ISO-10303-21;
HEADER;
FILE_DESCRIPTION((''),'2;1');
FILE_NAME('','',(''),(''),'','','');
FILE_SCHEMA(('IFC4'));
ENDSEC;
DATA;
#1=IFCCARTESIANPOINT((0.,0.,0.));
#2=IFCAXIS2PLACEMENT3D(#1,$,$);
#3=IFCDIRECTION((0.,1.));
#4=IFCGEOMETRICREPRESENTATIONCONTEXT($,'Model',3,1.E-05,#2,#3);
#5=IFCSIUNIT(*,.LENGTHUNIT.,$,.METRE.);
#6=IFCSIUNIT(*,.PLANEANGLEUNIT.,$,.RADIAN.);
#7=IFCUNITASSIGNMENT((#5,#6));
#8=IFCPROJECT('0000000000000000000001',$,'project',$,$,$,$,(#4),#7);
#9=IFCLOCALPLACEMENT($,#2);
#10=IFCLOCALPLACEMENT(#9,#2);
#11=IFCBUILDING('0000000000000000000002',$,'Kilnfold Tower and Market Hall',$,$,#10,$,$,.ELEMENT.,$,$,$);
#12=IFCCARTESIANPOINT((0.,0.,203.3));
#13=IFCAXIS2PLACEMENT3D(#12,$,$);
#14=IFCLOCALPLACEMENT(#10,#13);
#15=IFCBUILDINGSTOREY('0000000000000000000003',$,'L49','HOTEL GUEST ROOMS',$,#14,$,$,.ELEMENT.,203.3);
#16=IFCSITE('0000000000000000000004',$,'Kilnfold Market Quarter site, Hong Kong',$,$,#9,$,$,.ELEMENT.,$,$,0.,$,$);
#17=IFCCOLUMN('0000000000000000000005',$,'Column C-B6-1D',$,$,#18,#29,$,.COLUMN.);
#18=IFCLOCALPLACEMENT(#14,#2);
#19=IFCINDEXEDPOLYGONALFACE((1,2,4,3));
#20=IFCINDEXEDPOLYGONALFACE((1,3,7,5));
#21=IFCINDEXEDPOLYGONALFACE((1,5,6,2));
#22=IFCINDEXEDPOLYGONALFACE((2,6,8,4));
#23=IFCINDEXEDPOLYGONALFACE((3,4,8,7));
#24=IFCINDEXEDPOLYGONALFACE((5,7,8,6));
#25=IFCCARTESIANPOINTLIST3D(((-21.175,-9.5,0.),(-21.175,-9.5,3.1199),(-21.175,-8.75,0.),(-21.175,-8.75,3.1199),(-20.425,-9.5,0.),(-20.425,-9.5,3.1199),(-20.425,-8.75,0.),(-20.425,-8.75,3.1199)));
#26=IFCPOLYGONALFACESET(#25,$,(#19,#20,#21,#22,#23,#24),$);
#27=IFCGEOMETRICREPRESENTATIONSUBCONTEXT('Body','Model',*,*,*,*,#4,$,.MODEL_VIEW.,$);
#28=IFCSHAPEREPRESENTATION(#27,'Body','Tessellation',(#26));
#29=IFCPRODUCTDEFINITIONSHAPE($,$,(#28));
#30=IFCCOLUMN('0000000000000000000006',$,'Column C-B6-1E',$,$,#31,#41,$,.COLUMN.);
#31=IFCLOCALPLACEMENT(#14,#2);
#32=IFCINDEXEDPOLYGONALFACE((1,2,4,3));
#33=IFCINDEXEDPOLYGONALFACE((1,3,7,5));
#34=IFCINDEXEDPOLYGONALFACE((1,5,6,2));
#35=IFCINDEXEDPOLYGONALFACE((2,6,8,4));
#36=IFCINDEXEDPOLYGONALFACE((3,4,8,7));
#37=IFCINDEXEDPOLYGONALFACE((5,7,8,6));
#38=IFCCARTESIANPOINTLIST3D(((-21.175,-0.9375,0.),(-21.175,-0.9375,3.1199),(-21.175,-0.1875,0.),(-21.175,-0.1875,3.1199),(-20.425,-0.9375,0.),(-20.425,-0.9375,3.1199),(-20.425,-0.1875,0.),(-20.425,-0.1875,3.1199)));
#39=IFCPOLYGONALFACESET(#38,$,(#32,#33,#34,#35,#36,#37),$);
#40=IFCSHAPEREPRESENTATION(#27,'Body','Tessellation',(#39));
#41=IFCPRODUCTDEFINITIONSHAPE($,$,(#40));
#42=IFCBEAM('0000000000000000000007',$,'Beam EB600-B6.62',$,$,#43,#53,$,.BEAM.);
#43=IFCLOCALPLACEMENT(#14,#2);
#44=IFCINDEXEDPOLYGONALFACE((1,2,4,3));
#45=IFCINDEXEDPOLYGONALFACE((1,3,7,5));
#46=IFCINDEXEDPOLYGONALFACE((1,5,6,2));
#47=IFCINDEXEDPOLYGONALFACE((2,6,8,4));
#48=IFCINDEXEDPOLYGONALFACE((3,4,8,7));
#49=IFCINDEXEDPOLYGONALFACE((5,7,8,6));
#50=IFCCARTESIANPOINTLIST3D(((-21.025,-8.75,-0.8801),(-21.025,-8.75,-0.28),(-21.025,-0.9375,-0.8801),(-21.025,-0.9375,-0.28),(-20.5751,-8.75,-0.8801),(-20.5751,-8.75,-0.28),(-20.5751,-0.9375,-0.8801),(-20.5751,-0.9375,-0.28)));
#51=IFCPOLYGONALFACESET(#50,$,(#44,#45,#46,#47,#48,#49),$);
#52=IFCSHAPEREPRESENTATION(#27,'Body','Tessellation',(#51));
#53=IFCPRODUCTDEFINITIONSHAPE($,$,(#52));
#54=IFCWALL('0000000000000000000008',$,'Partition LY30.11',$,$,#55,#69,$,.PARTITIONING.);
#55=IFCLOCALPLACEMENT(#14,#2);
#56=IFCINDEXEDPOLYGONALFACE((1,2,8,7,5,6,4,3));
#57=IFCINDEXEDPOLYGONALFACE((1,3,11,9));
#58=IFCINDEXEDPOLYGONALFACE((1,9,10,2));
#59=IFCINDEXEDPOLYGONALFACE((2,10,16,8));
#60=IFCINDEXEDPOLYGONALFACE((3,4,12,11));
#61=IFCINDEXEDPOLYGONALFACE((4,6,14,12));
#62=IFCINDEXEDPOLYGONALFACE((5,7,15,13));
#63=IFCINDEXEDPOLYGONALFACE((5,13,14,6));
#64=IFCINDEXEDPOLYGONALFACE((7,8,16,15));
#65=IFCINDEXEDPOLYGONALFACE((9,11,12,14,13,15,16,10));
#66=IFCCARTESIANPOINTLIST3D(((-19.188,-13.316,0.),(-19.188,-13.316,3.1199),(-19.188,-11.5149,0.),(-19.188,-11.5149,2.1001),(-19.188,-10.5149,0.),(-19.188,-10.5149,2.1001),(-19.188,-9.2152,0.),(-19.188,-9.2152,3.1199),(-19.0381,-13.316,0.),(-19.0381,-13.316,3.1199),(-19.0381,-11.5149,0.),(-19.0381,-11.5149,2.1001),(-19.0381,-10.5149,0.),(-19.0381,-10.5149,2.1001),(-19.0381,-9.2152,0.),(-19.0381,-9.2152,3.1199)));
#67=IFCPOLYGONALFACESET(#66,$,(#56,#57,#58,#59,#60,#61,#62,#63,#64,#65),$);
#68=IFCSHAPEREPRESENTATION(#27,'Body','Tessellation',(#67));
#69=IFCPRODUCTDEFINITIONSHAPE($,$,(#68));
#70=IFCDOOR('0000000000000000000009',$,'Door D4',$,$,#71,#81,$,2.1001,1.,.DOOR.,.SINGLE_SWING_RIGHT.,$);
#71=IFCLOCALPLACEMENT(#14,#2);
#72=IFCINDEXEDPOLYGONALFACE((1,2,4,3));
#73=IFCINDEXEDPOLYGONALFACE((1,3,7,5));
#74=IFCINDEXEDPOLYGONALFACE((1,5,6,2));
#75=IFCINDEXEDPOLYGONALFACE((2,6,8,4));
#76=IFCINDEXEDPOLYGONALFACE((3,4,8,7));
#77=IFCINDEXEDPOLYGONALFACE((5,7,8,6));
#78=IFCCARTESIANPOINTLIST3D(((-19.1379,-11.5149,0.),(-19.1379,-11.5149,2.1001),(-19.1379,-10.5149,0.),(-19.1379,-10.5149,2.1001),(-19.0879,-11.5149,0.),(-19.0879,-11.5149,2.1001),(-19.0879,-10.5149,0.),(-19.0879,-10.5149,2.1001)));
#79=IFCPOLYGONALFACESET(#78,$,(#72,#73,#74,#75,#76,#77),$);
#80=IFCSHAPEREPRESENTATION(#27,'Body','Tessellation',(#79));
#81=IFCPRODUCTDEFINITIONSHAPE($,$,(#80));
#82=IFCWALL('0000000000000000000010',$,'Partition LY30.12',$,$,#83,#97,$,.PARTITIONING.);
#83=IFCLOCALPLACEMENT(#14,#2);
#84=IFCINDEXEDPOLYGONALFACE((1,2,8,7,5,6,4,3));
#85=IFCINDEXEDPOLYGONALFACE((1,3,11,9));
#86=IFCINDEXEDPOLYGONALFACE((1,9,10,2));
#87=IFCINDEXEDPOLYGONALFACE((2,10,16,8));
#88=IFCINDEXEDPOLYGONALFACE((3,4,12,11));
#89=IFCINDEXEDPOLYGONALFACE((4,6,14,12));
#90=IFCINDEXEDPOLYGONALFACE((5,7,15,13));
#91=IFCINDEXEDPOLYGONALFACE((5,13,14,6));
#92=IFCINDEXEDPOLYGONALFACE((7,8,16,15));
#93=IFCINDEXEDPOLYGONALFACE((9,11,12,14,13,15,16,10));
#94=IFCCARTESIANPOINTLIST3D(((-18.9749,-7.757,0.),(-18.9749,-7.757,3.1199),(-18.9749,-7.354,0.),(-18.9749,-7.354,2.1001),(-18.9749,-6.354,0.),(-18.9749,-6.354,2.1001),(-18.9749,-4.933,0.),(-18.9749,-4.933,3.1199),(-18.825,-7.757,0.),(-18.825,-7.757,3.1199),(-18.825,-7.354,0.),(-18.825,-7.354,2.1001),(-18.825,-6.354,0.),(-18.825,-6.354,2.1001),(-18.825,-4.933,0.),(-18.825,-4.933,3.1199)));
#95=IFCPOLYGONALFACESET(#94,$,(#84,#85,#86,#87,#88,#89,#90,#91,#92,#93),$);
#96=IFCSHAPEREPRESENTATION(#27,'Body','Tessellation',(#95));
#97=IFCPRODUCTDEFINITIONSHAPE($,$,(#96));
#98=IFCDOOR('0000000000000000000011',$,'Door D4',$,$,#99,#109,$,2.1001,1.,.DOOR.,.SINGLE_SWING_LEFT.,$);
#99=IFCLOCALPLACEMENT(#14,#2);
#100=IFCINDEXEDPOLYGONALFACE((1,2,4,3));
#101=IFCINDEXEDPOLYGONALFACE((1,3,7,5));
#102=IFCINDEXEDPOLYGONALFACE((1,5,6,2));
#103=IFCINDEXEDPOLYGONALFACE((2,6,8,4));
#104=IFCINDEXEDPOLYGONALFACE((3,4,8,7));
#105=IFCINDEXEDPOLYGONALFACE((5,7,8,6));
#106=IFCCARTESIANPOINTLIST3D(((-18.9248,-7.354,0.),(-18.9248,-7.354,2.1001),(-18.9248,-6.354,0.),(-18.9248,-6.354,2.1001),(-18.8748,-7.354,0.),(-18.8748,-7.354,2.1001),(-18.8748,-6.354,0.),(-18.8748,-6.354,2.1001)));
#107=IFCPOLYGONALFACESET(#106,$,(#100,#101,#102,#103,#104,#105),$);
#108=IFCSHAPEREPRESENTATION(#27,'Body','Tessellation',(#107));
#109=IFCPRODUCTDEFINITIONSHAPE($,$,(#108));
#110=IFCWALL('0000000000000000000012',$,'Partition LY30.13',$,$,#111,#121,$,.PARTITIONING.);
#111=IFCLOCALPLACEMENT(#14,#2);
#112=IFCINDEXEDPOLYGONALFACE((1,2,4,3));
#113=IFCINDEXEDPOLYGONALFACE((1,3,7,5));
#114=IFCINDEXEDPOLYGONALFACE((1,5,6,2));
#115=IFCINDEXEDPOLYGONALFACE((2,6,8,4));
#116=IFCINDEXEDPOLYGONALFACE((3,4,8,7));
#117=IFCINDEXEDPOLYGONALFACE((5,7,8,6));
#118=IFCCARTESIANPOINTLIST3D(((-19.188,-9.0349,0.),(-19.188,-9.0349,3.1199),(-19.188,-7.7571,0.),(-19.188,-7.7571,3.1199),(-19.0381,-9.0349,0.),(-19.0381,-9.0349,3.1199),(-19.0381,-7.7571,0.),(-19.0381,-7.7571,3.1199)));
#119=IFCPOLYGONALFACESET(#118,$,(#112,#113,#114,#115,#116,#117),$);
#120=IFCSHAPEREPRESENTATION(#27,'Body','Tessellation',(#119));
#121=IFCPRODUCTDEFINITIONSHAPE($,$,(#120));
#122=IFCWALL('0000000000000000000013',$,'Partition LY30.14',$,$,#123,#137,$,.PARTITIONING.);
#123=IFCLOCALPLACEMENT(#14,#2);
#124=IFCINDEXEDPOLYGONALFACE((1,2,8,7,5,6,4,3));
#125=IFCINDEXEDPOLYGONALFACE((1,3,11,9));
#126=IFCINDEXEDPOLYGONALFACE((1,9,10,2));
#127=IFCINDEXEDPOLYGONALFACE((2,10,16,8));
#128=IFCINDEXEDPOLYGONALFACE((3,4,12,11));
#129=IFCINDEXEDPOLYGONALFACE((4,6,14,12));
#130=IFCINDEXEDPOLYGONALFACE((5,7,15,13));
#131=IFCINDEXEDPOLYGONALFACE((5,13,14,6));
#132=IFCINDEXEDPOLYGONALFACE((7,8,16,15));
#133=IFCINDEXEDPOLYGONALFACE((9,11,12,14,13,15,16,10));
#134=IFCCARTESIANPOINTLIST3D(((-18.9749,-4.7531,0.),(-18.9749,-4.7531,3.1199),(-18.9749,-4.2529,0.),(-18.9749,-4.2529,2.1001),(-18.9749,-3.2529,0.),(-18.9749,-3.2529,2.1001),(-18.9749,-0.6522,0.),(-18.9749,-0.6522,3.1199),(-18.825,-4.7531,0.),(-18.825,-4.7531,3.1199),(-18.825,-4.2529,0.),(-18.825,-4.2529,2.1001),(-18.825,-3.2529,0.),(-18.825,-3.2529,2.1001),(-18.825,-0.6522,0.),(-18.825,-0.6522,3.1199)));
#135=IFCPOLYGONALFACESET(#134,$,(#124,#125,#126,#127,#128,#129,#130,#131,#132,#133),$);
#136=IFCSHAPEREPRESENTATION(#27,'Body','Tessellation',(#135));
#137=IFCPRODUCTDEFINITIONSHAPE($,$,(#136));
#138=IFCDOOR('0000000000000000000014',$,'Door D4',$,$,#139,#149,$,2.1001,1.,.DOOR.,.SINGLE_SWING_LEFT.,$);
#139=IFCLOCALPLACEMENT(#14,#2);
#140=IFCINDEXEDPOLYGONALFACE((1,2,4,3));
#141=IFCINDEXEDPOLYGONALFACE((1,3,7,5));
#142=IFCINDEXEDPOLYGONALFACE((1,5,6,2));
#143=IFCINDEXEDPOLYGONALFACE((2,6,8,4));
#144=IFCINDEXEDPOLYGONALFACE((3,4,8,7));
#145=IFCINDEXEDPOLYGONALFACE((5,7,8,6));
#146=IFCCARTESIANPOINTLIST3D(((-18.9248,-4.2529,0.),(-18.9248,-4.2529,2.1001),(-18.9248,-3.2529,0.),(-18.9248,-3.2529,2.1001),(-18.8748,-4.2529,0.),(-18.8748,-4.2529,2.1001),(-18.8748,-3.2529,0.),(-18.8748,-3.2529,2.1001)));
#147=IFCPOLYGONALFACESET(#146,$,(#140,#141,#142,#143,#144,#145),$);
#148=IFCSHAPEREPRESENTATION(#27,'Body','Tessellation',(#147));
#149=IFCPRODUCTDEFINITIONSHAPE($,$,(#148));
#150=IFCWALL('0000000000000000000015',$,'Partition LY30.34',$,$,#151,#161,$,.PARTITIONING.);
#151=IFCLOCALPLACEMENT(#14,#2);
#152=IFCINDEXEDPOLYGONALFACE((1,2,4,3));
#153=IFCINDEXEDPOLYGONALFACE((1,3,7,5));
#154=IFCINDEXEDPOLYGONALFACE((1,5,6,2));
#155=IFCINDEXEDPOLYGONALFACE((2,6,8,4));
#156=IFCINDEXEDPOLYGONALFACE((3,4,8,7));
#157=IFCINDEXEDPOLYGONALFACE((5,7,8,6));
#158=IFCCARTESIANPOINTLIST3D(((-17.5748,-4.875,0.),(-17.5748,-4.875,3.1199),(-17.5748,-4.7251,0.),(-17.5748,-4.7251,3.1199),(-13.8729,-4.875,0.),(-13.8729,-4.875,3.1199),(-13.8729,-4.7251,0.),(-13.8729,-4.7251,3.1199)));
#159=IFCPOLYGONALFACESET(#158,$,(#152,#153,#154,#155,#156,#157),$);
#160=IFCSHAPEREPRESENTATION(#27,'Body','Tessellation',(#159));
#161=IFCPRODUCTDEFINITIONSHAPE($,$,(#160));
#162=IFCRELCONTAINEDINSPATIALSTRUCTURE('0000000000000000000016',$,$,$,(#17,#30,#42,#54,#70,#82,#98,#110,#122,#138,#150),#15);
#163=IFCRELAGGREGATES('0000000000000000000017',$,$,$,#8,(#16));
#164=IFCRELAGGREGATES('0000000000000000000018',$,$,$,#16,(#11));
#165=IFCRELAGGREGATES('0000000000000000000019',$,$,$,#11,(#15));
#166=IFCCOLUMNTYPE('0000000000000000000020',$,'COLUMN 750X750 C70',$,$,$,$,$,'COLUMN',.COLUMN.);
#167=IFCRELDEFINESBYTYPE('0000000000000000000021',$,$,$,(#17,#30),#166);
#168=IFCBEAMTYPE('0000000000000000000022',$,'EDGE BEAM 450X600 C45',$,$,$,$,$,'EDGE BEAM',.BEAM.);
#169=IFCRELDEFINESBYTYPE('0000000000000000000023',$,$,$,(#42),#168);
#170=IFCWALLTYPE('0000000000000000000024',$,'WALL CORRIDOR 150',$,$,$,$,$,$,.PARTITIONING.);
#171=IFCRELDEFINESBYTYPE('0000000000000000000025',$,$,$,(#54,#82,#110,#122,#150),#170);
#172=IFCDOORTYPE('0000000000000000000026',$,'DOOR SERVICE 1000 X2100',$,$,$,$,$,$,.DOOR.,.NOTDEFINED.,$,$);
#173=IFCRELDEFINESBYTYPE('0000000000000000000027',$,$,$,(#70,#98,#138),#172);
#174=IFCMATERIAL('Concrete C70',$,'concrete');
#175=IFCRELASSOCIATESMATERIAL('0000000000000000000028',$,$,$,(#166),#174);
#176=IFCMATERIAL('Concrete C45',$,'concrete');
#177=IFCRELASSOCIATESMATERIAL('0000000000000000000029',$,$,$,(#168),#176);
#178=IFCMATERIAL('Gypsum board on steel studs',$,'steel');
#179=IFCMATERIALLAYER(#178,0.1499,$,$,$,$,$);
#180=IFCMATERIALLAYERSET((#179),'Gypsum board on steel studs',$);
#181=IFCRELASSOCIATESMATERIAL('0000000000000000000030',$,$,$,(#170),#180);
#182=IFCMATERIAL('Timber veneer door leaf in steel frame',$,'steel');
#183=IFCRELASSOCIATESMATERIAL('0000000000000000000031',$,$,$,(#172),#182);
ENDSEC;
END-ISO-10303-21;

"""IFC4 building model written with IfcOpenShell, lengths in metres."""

from ifc_helpers import new_model, si_unit, direction, frame, frame_2d, origin, origin_2d, place, context, subcontext, project, spatial, rectangle, extrude, source, transform, mapped, material, layer, layer_set, material_profile, profile_set, type_object, element, fill, save


model = new_model("IFC4")

# Units and contexts
model_context = context("Model", 3, precision=1e-05, world=origin(), true_north=direction((0.0, 1.0)))
body_context = subcontext(model_context, "Body", "Model", "MODEL_VIEW")
ifc_project = project(units=[si_unit("LENGTHUNIT", "METRE"), si_unit("PLANEANGLEUNIT", "RADIAN")], contexts=[model_context])

# Site, building, storey
site_placement = place(None, origin())
site = spatial("IfcSite", under=ifc_project, at=site_placement, Name="Kilnfold Market Quarter site, Hong Kong", CompositionType="ELEMENT", RefElevation=0.0)
building_placement = place(site_placement, origin())
building = spatial("IfcBuilding", under=site, at=building_placement, Name="Kilnfold Tower and Market Hall", CompositionType="ELEMENT")
storey_placement = place(building_placement, frame((0.0, 0.0, 203.3)))
storey = spatial("IfcBuildingStorey", under=building, at=storey_placement, Name="L49", Description="HOTEL GUEST ROOMS", CompositionType="ELEMENT", Elevation=203.3)

# Columns
ifc_material_1 = material(Name="Concrete C70", Category="concrete")
ifc_material_profile_1 = material_profile(ifc_material_1, rectangle(XDim=0.75, YDim=0.75, at=origin_2d()), Name="RC 750x750")
ifc_profile_set_1 = profile_set([ifc_material_profile_1], Name="Concrete C70")
column_type = type_object("IfcColumnType", Name="COLUMN 750X750 C70", ElementType="COLUMN", PredefinedType="COLUMN", material=ifc_profile_set_1)
shared_shape_1 = source(origin(), body_context, "Body", "SweptSolid", [
    extrude(rectangle(XDim=0.75, YDim=0.75, at=origin_2d()), origin(), (0.0, 0.0, 1.0), 3.1199),
])
for number, where, z_axis, x_axis, name in (
    (1, (-20.8, -9.125, 0.0), (0.0, 0.0, 1.0), (1.0, 0.0, 0.0), "Column C-B6-1D"),
    (2, (-20.8, -0.5625, 0.0), (0.0, 0.0, 1.0), (1.0, 0.0, 0.0), "Column C-B6-1E"),
):
    element("IfcColumn", number, at=place(storey_placement, frame(where, z_axis=z_axis, x_axis=x_axis)), inside=storey, type_object=column_type, Name=name, PredefinedType="COLUMN", context=body_context, shape_type="MappedRepresentation", body=[
        mapped(shared_shape_1, transform((0.0, 0.0, 0.0))),
    ])

# Beam
ifc_material_2 = material(Name="Concrete C45", Category="concrete")
ifc_material_profile_2 = material_profile(ifc_material_2, rectangle(XDim=0.45, YDim=0.6001, at=origin_2d()), Name="RC 450x600")
ifc_profile_set_2 = profile_set([ifc_material_profile_2], Name="Concrete C45")
beam_type = type_object("IfcBeamType", Name="EDGE BEAM 450X600 C45", ElementType="EDGE BEAM", PredefinedType="BEAM", material=ifc_profile_set_2)
shared_shape_2 = source(origin(), body_context, "Body", "SweptSolid", [
    extrude(rectangle(XDim=0.45, YDim=0.6001, at=origin_2d()), origin(), (0.0, 0.0, 1.0), 7.8125),
])
beam_placement = place(storey_placement, frame((-20.8, -8.75, -0.5801), z_axis=(0.0, 1.0, 0.0), x_axis=(-1.0, 0.0, 0.0)))
element("IfcBeam", 3, at=beam_placement, inside=storey, type_object=beam_type, Name="Beam EB600-B6.62", PredefinedType="BEAM", context=body_context, shape_type="MappedRepresentation", body=[
    mapped(shared_shape_2, transform((0.0, 0.0, 0.0))),
])

# Walls, openings, doors
ifc_material_3 = material(Name="Gypsum board on steel studs", Category="steel")
ifc_layer_1 = layer(ifc_material_3, 0.1499)
ifc_layer_set_1 = layer_set([ifc_layer_1], Name="Gypsum board on steel studs")
wall_type_1 = type_object("IfcWallType", Name="WALL CORRIDOR 150", PredefinedType="PARTITIONING", material=ifc_layer_set_1)
wall_1_placement = place(storey_placement, frame((-19.113, -13.3159, 0.0), z_axis=(0.0, 0.0, 1.0), x_axis=(0.0, 1.0, 0.0)))
wall_1 = element("IfcWall", 4, at=wall_1_placement, inside=storey, type_object=wall_type_1, Name="Partition LY30.11", PredefinedType="PARTITIONING", context=body_context, shape_type="SweptSolid", body=[
    extrude(rectangle(XDim=4.1008, YDim=0.1499, at=frame_2d((2.0503, 0.0))), origin(), (0.0, 0.0, 1.0), 3.1199),
])
opening_1_placement = place(wall_1_placement, frame((1.801, 0.0, 0.0)))
opening_1 = element("IfcOpeningElement", 5, at=opening_1_placement, cuts=wall_1, PredefinedType="OPENING", context=body_context, shape_type="SweptSolid", body=[
    extrude(rectangle(XDim=1.0, YDim=2.1001, at=frame_2d((0.5, 1.05))), frame((0.0, 0.085, 0.0), z_axis=(0.0, -1.0, 0.0), x_axis=(1.0, 0.0, 0.0)), (0.0, 0.0, 1.0), 0.1699),
])
ifc_material_4 = material(Name="Timber veneer door leaf in steel frame", Category="steel")
door_type_1 = type_object("IfcDoorType", Name="DOOR SERVICE 1000 X2100", OperationType="NOTDEFINED", PredefinedType="DOOR", material=ifc_material_4)
door_1_placement = place(opening_1_placement, origin())
door_1 = element("IfcDoor", 6, at=door_1_placement, inside=storey, type_object=door_type_1, Name="Door D4", OperationType="SINGLE_SWING_RIGHT", OverallHeight=2.1001, OverallWidth=1.0, PredefinedType="DOOR", context=body_context, shape_type="SweptSolid", body=[
    extrude(rectangle(XDim=1.0, YDim=2.1001, at=frame_2d((0.5, 1.05))), frame((0.0, 0.0249, 0.0), z_axis=(0.0, -1.0, 0.0), x_axis=(1.0, 0.0, 0.0)), (0.0, 0.0, 1.0), 0.05),
])
fill(opening_1, door_1)
wall_2_placement = place(storey_placement, frame((-18.8999, -7.7571, 0.0), z_axis=(0.0, 0.0, 1.0), x_axis=(0.0, 1.0, 0.0)))
wall_2 = element("IfcWall", 7, at=wall_2_placement, inside=storey, type_object=wall_type_1, Name="Partition LY30.12", PredefinedType="PARTITIONING", context=body_context, shape_type="SweptSolid", body=[
    extrude(rectangle(XDim=2.824, YDim=0.1499, at=frame_2d((1.4121, 0.0))), origin(), (0.0, 0.0, 1.0), 3.1199),
])
opening_2_placement = place(wall_2_placement, frame((0.4031, 0.0, 0.0)))
opening_2 = element("IfcOpeningElement", 8, at=opening_2_placement, cuts=wall_2, PredefinedType="OPENING", context=body_context, shape_type="SweptSolid", body=[
    extrude(rectangle(XDim=1.0, YDim=2.1001, at=frame_2d((0.5, 1.05))), frame((0.0, 0.085, 0.0), z_axis=(0.0, -1.0, 0.0), x_axis=(1.0, 0.0, 0.0)), (0.0, 0.0, 1.0), 0.1699),
])
door_2_placement = place(opening_2_placement, origin())
door_2 = element("IfcDoor", 9, at=door_2_placement, inside=storey, type_object=door_type_1, Name="Door D4", OperationType="SINGLE_SWING_LEFT", OverallHeight=2.1001, OverallWidth=1.0, PredefinedType="DOOR", context=body_context, shape_type="SweptSolid", body=[
    extrude(rectangle(XDim=1.0, YDim=2.1001, at=frame_2d((0.5, 1.05))), frame((0.0, 0.0249, 0.0), z_axis=(0.0, -1.0, 0.0), x_axis=(1.0, 0.0, 0.0)), (0.0, 0.0, 1.0), 0.05),
])
fill(opening_2, door_2)

# Wall
wall_3_placement = place(storey_placement, frame((-19.113, -9.0349, 0.0), z_axis=(0.0, 0.0, 1.0), x_axis=(0.0, 1.0, 0.0)))
element("IfcWall", 10, at=wall_3_placement, inside=storey, type_object=wall_type_1, Name="Partition LY30.13", PredefinedType="PARTITIONING", context=body_context, shape_type="SweptSolid", body=[
    extrude(rectangle(XDim=1.2778, YDim=0.1499, at=frame_2d((0.6389, 0.0))), origin(), (0.0, 0.0, 1.0), 3.1199),
])

# Wall, opening, door
wall_4_placement = place(storey_placement, frame((-18.8999, -4.7529, 0.0), z_axis=(0.0, 0.0, 1.0), x_axis=(0.0, 1.0, 0.0)))
wall_4 = element("IfcWall", 11, at=wall_4_placement, inside=storey, type_object=wall_type_1, Name="Partition LY30.14", PredefinedType="PARTITIONING", context=body_context, shape_type="SweptSolid", body=[
    extrude(rectangle(XDim=4.1008, YDim=0.1499, at=frame_2d((2.0503, 0.0))), origin(), (0.0, 0.0, 1.0), 3.1199),
])
opening_3_placement = place(wall_4_placement, frame((0.5, 0.0, 0.0)))
opening_3 = element("IfcOpeningElement", 12, at=opening_3_placement, cuts=wall_4, PredefinedType="OPENING", context=body_context, shape_type="SweptSolid", body=[
    extrude(rectangle(XDim=1.0, YDim=2.1001, at=frame_2d((0.5, 1.05))), frame((0.0, 0.085, 0.0), z_axis=(0.0, -1.0, 0.0), x_axis=(1.0, 0.0, 0.0)), (0.0, 0.0, 1.0), 0.1699),
])
door_3_placement = place(opening_3_placement, origin())
door_3 = element("IfcDoor", 13, at=door_3_placement, inside=storey, type_object=door_type_1, Name="Door D4", OperationType="SINGLE_SWING_LEFT", OverallHeight=2.1001, OverallWidth=1.0, PredefinedType="DOOR", context=body_context, shape_type="SweptSolid", body=[
    extrude(rectangle(XDim=1.0, YDim=2.1001, at=frame_2d((0.5, 1.05))), frame((0.0, 0.0249, 0.0), z_axis=(0.0, -1.0, 0.0), x_axis=(1.0, 0.0, 0.0)), (0.0, 0.0, 1.0), 0.05),
])
fill(opening_3, door_3)

# Wall
wall_5_placement = place(storey_placement, frame((-17.575, -4.8, 0.0), z_axis=(0.0, 0.0, 1.0), x_axis=(1.0, 0.0, 0.0)))
element("IfcWall", 14, at=wall_5_placement, inside=storey, type_object=wall_type_1, Name="Partition LY30.34", PredefinedType="PARTITIONING", context=body_context, shape_type="SweptSolid", body=[
    extrude(rectangle(XDim=3.7019, YDim=0.1499, at=frame_2d((1.8511, 0.0))), origin(), (0.0, 0.0, 1.0), 3.1199),
])

save(model, "model.ifc")
